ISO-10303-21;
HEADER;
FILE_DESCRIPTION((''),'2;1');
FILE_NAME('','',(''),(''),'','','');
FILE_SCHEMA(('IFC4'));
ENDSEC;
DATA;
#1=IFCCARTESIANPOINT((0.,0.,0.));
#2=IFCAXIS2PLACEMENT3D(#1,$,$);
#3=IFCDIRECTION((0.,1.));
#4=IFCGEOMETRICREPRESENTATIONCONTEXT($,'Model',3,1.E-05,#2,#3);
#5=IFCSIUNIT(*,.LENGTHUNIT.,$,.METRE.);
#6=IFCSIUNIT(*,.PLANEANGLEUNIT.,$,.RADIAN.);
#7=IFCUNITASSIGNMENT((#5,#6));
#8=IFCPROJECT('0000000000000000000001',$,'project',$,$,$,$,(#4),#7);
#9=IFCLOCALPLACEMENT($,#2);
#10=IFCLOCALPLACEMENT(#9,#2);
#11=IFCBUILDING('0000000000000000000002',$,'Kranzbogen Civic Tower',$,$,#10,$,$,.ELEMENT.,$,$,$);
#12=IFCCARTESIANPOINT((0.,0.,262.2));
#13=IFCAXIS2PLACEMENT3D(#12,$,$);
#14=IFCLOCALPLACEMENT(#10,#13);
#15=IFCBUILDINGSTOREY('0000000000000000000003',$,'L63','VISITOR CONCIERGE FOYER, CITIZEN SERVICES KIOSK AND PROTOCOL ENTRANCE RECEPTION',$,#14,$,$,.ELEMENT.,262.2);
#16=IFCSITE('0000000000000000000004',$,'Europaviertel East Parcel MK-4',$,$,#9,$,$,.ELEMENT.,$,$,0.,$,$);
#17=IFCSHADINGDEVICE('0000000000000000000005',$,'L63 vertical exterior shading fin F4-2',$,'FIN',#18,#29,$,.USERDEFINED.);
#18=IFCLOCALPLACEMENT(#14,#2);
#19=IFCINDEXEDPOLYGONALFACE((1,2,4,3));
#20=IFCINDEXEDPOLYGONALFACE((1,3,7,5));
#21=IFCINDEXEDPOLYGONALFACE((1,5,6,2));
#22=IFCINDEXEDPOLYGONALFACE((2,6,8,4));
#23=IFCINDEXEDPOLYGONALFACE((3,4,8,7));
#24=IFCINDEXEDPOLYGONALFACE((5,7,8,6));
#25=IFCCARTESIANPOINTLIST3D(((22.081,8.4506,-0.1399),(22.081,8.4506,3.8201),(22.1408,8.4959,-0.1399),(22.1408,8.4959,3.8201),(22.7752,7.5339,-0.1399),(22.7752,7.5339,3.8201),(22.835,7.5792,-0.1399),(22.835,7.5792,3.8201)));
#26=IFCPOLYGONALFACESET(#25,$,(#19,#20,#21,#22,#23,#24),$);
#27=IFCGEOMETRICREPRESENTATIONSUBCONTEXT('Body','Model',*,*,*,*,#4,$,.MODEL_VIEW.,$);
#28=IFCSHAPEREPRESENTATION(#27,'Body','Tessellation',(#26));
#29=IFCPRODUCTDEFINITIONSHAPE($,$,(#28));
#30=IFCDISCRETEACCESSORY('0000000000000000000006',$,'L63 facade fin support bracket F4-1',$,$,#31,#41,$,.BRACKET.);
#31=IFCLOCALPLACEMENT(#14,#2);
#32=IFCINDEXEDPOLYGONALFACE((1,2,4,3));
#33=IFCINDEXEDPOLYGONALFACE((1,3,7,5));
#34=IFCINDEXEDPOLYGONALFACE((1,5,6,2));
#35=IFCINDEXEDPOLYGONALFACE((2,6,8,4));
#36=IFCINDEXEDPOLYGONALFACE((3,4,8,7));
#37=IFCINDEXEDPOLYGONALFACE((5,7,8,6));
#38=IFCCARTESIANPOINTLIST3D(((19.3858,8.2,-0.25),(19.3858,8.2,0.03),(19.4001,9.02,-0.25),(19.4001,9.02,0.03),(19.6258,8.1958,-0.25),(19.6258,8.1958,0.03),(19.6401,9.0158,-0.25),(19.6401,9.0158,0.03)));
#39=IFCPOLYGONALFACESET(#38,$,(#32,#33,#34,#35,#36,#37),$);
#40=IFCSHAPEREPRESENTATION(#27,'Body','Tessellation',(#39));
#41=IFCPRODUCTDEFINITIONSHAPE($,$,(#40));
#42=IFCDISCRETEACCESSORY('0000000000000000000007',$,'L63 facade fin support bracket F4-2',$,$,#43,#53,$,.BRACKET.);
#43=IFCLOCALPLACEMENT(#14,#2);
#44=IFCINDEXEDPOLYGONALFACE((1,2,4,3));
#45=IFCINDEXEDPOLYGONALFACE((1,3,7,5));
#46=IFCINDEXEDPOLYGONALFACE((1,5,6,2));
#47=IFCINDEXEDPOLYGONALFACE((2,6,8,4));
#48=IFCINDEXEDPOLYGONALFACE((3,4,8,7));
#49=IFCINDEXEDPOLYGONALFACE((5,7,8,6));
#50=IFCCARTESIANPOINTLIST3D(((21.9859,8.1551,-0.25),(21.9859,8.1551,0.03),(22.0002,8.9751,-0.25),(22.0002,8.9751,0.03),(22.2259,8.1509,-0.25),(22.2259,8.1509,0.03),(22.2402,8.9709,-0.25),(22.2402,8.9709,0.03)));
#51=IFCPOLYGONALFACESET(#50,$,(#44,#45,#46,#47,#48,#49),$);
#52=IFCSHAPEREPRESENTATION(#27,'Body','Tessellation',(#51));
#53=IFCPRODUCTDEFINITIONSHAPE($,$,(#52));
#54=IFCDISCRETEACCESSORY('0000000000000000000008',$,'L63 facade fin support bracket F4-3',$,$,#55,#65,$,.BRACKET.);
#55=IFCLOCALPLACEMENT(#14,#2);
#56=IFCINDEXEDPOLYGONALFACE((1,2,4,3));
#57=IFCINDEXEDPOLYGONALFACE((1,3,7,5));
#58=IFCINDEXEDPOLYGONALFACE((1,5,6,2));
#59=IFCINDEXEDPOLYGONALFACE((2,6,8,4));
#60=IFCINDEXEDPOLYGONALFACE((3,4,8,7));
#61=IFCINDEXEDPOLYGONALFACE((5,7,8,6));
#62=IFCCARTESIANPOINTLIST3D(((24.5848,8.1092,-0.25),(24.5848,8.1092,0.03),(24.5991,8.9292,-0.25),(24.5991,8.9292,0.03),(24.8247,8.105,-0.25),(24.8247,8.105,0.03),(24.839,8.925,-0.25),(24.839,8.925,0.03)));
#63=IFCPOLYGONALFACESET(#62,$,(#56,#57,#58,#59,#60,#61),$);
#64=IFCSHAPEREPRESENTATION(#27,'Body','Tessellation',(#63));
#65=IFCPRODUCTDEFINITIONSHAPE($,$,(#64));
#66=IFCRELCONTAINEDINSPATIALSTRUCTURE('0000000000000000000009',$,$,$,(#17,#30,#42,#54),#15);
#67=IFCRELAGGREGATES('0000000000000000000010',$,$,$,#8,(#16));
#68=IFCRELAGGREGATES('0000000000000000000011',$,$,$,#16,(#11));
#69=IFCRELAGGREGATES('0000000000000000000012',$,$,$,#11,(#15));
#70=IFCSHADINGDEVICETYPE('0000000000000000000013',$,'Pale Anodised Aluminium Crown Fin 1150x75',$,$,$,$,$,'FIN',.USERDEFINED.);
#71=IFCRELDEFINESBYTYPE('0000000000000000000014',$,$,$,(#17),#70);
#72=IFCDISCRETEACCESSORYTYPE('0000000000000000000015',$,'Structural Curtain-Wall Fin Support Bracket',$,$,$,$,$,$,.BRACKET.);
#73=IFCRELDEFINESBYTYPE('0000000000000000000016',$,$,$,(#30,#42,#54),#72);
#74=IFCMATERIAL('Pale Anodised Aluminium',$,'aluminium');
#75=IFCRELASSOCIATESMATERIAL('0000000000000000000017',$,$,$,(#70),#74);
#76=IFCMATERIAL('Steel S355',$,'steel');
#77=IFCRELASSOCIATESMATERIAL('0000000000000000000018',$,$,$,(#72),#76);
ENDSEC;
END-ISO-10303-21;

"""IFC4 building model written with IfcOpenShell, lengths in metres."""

from ifc_helpers import new_model, si_unit, direction, frame, origin, origin_2d, place, context, subcontext, project, spatial, rectangle, extrude, material, type_object, element, save


model = new_model("IFC4")

# Units and contexts
model_context = context("Model", 3, precision=1e-05, world=origin(), true_north=direction((0.0, 1.0)))
body_context = subcontext(model_context, "Body", "Model", "MODEL_VIEW")
ifc_project = project(units=[si_unit("LENGTHUNIT", "METRE"), si_unit("PLANEANGLEUNIT", "RADIAN")], contexts=[model_context])

# Site, building, storey
site_placement = place(None, origin())
site = spatial("IfcSite", under=ifc_project, at=site_placement, Name="Europaviertel East Parcel MK-4", CompositionType="ELEMENT", RefElevation=0.0)
building_placement = place(site_placement, origin())
building = spatial("IfcBuilding", under=site, at=building_placement, Name="Kranzbogen Civic Tower", CompositionType="ELEMENT")
storey_placement = place(building_placement, frame((0.0, 0.0, 262.2)))
storey = spatial("IfcBuildingStorey", under=building, at=storey_placement, Name="L63", Description="VISITOR CONCIERGE FOYER, CITIZEN SERVICES KIOSK AND PROTOCOL ENTRANCE RECEPTION", CompositionType="ELEMENT", Elevation=262.2)

# Shared definitions
ifc_material_1 = material(Name="Steel S355", Category="steel")

# Shared definitions
ifc_material_2 = material(Name="Pale Anodised Aluminium", Category="aluminium")

# Shading device
shading_device_type = type_object("IfcShadingDeviceType", Name="Pale Anodised Aluminium Crown Fin 1150x75", ElementType="FIN", PredefinedType="USERDEFINED", material=ifc_material_2)
for number, where, z_axis, x_axis, name in (
    (1, (22.458, 8.0149, -0.1399), (0.0, 0.0, 1.0), (0.603723, -0.797194, 0.0), "L63 vertical exterior shading fin F4-2"),
):
    element("IfcShadingDevice", number, at=place(storey_placement, frame(where, z_axis=z_axis, x_axis=x_axis)), inside=storey, type_object=shading_device_type, Name=name, ObjectType="FIN", PredefinedType="USERDEFINED", context=body_context, shape_type="SweptSolid", body=[
        extrude(rectangle(XDim=1.1499, YDim=0.075, at=origin_2d()), origin(), (0.0, 0.0, 1.0), 3.96),
    ])

# Discrete accessories
discrete_accessory_type = type_object("IfcDiscreteAccessoryType", Name="Structural Curtain-Wall Fin Support Bracket", PredefinedType="BRACKET", material=ifc_material_1)
for number, where, z_axis, x_axis, name in (
    (2, (19.5129, 8.6079, -0.25), (0.0, 0.0, 1.0), (-0.017452, -0.999848, 0.0), "L63 facade fin support bracket F4-1"),
    (3, (22.113, 8.563, -0.25), (0.0, 0.0, 1.0), (-0.017452, -0.999848, 0.0), "L63 facade fin support bracket F4-2"),
    (4, (24.7119, 8.5171, -0.25), (0.0, 0.0, 1.0), (-0.017452, -0.999848, 0.0), "L63 facade fin support bracket F4-3"),
):
    element("IfcDiscreteAccessory", number, at=place(storey_placement, frame(where, z_axis=z_axis, x_axis=x_axis)), inside=storey, type_object=discrete_accessory_type, Name=name, PredefinedType="BRACKET", context=body_context, shape_type="SweptSolid", body=[
        extrude(rectangle(XDim=0.8201, YDim=0.24, at=origin_2d()), origin(), (0.0, 0.0, 1.0), 0.28),
    ])

save(model, "model.ifc")
